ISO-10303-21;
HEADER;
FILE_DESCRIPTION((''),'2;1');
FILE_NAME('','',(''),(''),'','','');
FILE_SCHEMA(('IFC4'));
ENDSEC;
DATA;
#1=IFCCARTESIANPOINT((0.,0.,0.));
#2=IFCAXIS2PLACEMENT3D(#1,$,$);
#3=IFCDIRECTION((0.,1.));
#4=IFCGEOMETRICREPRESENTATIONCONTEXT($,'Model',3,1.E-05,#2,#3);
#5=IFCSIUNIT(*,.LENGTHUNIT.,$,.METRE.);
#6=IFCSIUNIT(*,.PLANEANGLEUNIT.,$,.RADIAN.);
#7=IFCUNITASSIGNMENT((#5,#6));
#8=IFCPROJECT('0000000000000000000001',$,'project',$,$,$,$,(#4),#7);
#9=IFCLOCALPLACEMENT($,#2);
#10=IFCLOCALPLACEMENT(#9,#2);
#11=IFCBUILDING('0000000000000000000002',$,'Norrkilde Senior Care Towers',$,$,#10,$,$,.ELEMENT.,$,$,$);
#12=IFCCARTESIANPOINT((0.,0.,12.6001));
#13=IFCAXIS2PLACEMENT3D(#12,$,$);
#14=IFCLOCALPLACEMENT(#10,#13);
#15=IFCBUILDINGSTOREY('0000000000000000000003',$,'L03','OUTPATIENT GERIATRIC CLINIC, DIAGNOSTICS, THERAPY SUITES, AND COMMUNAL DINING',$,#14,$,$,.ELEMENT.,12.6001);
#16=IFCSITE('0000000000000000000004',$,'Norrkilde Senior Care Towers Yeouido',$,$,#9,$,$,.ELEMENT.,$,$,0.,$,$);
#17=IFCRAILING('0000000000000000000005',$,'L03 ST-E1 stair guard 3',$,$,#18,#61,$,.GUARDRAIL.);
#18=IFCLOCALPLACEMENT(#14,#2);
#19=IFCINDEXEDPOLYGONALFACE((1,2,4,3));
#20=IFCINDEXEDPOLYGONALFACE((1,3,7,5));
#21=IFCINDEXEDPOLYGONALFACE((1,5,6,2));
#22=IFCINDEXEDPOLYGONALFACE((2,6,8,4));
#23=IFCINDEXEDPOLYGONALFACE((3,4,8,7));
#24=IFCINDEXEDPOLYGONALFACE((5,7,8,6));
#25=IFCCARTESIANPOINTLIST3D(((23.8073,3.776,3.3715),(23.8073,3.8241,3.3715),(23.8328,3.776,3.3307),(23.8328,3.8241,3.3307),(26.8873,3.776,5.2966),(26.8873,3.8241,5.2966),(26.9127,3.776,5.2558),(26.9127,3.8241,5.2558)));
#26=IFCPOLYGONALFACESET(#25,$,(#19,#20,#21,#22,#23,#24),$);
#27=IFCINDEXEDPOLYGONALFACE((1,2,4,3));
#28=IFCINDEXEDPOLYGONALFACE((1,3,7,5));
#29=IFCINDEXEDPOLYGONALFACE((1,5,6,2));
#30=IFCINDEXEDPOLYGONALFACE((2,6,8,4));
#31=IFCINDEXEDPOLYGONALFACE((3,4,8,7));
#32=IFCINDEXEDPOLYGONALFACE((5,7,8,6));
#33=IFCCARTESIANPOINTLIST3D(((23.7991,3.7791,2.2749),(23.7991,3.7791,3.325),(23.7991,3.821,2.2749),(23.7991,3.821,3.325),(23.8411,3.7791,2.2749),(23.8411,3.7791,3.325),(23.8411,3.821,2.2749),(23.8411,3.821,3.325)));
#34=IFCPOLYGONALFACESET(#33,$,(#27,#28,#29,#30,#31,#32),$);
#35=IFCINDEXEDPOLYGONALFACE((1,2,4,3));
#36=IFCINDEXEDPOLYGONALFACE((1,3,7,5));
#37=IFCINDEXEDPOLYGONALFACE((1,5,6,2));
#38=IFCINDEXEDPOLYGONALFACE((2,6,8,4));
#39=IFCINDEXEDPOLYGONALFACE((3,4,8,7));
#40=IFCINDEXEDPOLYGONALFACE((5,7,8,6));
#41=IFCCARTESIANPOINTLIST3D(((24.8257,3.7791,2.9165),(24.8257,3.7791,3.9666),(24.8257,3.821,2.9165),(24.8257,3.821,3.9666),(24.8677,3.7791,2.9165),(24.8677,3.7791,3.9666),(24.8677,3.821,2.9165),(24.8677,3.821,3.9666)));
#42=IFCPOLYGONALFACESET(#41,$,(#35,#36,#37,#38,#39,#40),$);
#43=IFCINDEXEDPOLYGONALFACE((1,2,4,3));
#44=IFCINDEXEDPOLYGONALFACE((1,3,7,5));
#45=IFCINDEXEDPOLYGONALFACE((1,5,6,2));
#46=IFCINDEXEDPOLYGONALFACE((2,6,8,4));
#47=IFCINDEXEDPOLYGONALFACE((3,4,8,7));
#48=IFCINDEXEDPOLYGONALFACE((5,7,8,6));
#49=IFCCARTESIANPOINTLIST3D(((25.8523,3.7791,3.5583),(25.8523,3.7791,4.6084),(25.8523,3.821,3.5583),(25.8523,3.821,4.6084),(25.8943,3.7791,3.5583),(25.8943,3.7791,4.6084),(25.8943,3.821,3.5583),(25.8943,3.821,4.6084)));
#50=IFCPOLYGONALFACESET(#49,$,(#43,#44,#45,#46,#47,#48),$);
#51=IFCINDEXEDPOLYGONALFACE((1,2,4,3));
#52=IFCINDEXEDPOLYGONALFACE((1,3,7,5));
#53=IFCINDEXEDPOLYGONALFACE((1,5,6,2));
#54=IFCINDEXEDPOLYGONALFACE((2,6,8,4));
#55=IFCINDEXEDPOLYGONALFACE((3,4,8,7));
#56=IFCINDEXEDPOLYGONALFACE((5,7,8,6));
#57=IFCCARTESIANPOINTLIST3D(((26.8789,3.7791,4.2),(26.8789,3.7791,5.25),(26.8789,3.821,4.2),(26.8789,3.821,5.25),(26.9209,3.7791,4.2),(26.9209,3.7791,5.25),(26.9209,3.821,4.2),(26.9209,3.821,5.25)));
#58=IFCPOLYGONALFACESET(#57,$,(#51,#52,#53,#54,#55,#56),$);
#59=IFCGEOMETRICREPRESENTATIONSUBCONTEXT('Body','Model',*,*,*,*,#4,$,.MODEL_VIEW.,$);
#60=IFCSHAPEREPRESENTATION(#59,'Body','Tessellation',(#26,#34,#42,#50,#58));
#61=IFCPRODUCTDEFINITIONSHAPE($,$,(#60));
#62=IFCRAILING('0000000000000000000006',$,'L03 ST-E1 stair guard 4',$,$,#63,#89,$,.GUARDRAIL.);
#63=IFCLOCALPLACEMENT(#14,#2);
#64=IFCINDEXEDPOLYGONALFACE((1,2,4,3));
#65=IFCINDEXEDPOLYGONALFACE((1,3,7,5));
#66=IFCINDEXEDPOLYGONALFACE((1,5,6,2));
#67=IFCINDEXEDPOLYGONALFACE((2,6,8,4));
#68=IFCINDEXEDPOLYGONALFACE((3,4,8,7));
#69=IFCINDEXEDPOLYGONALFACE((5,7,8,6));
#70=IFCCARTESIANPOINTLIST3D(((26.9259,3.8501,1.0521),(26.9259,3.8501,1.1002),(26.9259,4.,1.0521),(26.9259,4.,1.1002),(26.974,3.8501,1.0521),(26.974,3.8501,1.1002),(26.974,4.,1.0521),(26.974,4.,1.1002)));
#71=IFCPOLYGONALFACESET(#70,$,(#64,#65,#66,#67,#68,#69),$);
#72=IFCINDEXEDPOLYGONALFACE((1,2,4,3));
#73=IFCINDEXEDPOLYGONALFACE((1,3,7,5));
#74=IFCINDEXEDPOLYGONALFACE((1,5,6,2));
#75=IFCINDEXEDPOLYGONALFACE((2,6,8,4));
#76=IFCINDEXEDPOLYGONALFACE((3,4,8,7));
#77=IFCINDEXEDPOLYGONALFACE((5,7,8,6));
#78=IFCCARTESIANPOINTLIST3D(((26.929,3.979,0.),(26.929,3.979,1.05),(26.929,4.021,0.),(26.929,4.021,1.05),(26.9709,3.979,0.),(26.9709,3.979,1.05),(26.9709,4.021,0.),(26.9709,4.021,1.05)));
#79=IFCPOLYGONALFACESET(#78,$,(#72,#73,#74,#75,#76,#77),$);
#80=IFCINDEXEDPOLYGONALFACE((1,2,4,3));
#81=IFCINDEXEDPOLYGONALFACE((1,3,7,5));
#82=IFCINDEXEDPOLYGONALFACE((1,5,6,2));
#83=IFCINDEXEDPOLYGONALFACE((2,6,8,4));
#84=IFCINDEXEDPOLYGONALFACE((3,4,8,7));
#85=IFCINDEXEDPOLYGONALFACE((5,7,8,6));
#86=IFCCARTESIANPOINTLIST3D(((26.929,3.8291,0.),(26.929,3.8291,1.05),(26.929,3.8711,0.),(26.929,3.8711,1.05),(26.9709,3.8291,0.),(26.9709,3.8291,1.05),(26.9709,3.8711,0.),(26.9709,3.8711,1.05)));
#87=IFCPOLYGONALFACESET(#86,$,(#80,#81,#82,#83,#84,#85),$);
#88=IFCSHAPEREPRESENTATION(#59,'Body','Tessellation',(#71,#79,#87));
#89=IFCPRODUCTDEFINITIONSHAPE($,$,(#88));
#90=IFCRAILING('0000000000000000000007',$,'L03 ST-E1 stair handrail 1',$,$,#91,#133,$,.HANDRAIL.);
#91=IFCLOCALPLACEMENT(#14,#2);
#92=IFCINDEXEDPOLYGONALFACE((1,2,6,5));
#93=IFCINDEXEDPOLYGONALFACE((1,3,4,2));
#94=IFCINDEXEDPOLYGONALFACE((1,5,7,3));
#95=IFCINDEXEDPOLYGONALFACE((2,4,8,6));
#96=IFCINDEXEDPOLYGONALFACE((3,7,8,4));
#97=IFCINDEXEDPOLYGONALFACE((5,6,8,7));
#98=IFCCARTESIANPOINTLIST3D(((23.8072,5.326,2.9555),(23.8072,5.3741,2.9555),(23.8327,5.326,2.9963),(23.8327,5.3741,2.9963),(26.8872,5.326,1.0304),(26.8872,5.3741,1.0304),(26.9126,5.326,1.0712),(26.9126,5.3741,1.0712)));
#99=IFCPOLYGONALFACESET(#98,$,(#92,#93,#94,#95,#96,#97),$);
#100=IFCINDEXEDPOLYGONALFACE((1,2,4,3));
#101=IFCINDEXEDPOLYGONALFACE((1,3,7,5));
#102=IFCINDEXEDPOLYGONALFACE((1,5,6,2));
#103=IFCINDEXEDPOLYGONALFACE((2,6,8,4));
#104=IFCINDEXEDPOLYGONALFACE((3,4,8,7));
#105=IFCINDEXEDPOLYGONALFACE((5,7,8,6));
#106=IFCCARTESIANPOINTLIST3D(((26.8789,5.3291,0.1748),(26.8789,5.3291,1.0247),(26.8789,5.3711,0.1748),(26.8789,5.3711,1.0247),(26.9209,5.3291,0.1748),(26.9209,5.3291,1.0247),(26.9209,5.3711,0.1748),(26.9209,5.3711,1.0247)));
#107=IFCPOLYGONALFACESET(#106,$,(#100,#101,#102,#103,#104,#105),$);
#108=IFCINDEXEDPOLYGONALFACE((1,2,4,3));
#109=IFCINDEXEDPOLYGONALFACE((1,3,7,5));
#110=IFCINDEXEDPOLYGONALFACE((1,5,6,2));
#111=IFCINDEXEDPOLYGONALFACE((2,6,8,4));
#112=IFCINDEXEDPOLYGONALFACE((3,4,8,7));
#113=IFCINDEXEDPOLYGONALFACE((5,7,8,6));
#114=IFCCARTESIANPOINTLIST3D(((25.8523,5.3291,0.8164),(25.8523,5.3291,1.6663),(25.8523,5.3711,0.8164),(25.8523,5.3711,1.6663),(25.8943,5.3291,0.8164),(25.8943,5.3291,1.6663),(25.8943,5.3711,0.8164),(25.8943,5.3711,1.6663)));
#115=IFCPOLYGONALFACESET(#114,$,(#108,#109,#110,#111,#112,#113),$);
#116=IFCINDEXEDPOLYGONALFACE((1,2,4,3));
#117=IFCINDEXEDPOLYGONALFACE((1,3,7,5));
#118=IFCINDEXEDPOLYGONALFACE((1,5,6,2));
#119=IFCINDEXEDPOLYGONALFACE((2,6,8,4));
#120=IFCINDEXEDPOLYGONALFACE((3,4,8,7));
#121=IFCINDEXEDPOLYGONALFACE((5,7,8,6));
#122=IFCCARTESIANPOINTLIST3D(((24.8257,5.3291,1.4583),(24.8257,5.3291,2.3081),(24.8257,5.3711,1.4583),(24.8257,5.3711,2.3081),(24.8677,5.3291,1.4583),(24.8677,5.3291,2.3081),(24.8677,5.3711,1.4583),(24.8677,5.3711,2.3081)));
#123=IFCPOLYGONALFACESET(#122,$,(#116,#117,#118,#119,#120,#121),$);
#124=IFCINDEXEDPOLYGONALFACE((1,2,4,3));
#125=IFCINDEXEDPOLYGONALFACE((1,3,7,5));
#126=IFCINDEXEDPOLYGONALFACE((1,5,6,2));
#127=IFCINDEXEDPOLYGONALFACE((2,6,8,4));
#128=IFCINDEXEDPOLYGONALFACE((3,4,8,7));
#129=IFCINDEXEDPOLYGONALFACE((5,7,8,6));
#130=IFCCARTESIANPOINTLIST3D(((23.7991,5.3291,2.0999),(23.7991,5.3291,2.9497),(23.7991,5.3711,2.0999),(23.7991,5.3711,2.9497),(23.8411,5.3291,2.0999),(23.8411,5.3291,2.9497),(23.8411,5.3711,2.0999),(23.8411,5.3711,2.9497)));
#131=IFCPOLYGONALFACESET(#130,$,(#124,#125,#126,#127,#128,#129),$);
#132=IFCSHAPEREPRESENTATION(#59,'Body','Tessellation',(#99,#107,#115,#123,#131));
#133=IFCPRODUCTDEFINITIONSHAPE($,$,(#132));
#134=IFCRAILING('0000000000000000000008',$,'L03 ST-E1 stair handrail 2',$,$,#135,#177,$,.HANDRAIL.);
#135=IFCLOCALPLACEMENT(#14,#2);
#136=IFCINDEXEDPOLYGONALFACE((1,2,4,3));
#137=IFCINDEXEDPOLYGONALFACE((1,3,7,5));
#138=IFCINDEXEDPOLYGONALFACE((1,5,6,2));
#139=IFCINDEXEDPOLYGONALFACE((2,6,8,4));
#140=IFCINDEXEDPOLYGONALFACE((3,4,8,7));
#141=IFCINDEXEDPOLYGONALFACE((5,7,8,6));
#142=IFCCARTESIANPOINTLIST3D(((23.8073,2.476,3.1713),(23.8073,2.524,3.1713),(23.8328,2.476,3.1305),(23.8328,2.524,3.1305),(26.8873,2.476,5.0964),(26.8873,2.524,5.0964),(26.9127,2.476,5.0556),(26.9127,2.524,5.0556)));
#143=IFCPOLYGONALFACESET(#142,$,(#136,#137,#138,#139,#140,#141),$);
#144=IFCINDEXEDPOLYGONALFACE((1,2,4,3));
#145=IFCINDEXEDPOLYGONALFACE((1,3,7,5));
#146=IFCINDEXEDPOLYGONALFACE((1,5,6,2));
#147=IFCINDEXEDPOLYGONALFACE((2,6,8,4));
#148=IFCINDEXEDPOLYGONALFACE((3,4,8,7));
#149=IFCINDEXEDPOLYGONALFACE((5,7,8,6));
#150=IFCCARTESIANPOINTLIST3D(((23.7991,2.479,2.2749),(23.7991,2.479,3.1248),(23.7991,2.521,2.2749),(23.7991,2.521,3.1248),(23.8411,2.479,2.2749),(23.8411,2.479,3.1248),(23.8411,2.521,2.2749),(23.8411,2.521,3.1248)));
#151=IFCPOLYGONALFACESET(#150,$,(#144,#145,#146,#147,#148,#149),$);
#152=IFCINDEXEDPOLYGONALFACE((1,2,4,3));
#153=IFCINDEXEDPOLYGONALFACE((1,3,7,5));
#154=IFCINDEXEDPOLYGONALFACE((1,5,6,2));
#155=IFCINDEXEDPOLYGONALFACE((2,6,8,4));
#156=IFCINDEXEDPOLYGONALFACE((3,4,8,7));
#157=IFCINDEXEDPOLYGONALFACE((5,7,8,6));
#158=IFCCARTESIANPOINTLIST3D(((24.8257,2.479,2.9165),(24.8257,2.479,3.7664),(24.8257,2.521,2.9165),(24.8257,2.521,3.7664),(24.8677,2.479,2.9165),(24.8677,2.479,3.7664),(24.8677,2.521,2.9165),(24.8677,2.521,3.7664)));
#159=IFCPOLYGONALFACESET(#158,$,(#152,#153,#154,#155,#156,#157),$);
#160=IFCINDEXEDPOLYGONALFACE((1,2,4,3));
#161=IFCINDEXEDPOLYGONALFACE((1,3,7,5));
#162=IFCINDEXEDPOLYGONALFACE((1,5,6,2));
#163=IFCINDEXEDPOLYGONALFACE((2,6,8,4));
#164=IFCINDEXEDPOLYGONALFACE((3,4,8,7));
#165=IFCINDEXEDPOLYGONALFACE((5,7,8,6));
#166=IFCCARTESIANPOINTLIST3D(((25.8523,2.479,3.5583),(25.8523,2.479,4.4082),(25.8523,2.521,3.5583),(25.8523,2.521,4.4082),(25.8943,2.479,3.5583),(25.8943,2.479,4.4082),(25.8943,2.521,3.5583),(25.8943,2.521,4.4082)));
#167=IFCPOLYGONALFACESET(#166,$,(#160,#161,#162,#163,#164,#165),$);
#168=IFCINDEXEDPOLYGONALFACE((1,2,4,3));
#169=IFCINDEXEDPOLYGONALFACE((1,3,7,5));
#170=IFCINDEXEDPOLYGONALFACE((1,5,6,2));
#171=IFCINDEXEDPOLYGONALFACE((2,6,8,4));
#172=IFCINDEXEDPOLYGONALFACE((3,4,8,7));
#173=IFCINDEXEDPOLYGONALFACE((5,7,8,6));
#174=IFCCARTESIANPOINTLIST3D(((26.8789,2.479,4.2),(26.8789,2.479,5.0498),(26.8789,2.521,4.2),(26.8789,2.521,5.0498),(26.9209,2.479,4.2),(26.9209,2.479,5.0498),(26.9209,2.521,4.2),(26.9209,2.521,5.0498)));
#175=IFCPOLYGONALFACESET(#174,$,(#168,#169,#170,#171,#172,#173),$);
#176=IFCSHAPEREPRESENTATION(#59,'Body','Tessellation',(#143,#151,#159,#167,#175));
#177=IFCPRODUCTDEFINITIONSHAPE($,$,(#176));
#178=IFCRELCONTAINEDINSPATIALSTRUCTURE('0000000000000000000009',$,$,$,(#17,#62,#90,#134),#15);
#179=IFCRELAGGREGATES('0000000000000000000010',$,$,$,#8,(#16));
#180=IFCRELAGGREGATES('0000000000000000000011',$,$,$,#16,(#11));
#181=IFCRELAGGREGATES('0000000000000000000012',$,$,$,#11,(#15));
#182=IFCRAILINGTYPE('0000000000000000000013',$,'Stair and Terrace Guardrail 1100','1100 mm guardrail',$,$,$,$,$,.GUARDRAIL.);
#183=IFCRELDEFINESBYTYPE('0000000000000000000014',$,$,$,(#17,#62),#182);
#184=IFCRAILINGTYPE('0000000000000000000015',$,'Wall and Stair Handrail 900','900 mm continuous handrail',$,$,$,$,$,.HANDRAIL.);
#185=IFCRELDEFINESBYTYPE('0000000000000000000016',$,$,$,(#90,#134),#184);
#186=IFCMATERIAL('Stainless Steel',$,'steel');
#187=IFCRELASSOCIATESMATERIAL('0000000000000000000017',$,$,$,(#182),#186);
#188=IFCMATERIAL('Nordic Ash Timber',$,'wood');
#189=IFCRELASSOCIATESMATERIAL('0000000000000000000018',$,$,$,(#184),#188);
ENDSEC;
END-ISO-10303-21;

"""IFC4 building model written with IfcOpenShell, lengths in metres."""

from ifc_helpers import new_model, si_unit, direction, frame, origin, origin_2d, place, context, subcontext, project, spatial, rectangle, extrude, material, type_object, element, save


model = new_model("IFC4")

# Units and contexts
model_context = context("Model", 3, precision=1e-05, world=origin(), true_north=direction((0.0, 1.0)))
body_context = subcontext(model_context, "Body", "Model", "MODEL_VIEW")
ifc_project = project(units=[si_unit("LENGTHUNIT", "METRE"), si_unit("PLANEANGLEUNIT", "RADIAN")], contexts=[model_context])

# Site, building, storey
site_placement = place(None, origin())
site = spatial("IfcSite", under=ifc_project, at=site_placement, Name="Norrkilde Senior Care Towers Yeouido", CompositionType="ELEMENT", RefElevation=0.0)
building_placement = place(site_placement, origin())
building = spatial("IfcBuilding", under=site, at=building_placement, Name="Norrkilde Senior Care Towers", CompositionType="ELEMENT")
storey_placement = place(building_placement, frame((0.0, 0.0, 12.6001)))
storey = spatial("IfcBuildingStorey", under=building, at=storey_placement, Name="L03", Description="OUTPATIENT GERIATRIC CLINIC, DIAGNOSTICS, THERAPY SUITES, AND COMMUNAL DINING", CompositionType="ELEMENT", Elevation=12.6001)

# Shared definitions
ifc_material_1 = material(Name="Stainless Steel", Category="steel")

# Railings
railing_type_1 = type_object("IfcRailingType", Name="Stair and Terrace Guardrail 1100", Description="1100 mm guardrail", PredefinedType="GUARDRAIL", material=ifc_material_1)
railing_1_placement = place(storey_placement, frame((23.8201, 3.8, 2.2749)))
element("IfcRailing", 1, at=railing_1_placement, inside=storey, type_object=railing_type_1, Name="L03 ST-E1 stair guard 3", PredefinedType="GUARDRAIL", context=body_context, shape_type="SweptSolid", body=[
    extrude(rectangle(XDim=0.0481, YDim=0.0481, at=origin_2d()), frame((0.0, 0.0, 1.0762), z_axis=(0.847979, 0.0, 0.530029), x_axis=(0.0, 1.0, 0.0)), (0.0, 0.0, 1.0), 3.6321),
    extrude(rectangle(XDim=0.042, YDim=0.042, at=origin_2d()), origin(), (0.0, 0.0, 1.0), 1.05),
    extrude(rectangle(XDim=0.042, YDim=0.042, at=origin_2d()), frame((1.0266, 0.0, 0.6416)), (0.0, 0.0, 1.0), 1.05),
    extrude(rectangle(XDim=0.042, YDim=0.042, at=origin_2d()), frame((2.0532, 0.0, 1.2834)), (0.0, 0.0, 1.0), 1.05),
    extrude(rectangle(XDim=0.042, YDim=0.042, at=origin_2d()), frame((3.0798, 0.0, 1.925)), (0.0, 0.0, 1.0), 1.05),
])
railing_2_placement = place(storey_placement, frame((26.95, 4.0, 0.0)))
element("IfcRailing", 2, at=railing_2_placement, inside=storey, type_object=railing_type_1, Name="L03 ST-E1 stair guard 4", PredefinedType="GUARDRAIL", context=body_context, shape_type="SweptSolid", body=[
    extrude(rectangle(XDim=0.0481, YDim=0.0481, at=origin_2d()), frame((0.0, 0.0, 1.0762), z_axis=(0.0, -1.0, 0.0), x_axis=(1.0, 0.0, 0.0)), (0.0, 0.0, 1.0), 0.1499),
    extrude(rectangle(XDim=0.042, YDim=0.042, at=origin_2d()), origin(), (0.0, 0.0, 1.0), 1.05),
    extrude(rectangle(XDim=0.042, YDim=0.042, at=origin_2d()), frame((0.0, -0.1499, 0.0)), (0.0, 0.0, 1.0), 1.05),
])
ifc_material_2 = material(Name="Nordic Ash Timber", Category="wood")
railing_type_2 = type_object("IfcRailingType", Name="Wall and Stair Handrail 900", Description="900 mm continuous handrail", PredefinedType="HANDRAIL", material=ifc_material_2)
railing_3_placement = place(storey_placement, frame((26.8999, 5.3501, 0.1748)))
element("IfcRailing", 3, at=railing_3_placement, inside=storey, type_object=railing_type_2, Name="L03 ST-E1 stair handrail 1", PredefinedType="HANDRAIL", context=body_context, shape_type="SweptSolid", body=[
    extrude(rectangle(XDim=0.0481, YDim=0.0481, at=origin_2d()), frame((0.0, 0.0, 0.876), z_axis=(-0.847979, 0.0, 0.530029), x_axis=(0.0, -1.0, 0.0)), (0.0, 0.0, 1.0), 3.6321),
    extrude(rectangle(XDim=0.042, YDim=0.042, at=origin_2d()), origin(), (0.0, 0.0, 1.0), 0.8499),
    extrude(rectangle(XDim=0.042, YDim=0.042, at=origin_2d()), frame((-1.0266, 0.0, 0.6416)), (0.0, 0.0, 1.0), 0.8499),
    extrude(rectangle(XDim=0.042, YDim=0.042, at=origin_2d()), frame((-2.0532, 0.0, 1.2834)), (0.0, 0.0, 1.0), 0.8499),
    extrude(rectangle(XDim=0.042, YDim=0.042, at=origin_2d()), frame((-3.0798, 0.0, 1.925)), (0.0, 0.0, 1.0), 0.8499),
])
railing_4_placement = place(storey_placement, frame((23.8201, 2.5, 2.2749)))
element("IfcRailing", 4, at=railing_4_placement, inside=storey, type_object=railing_type_2, Name="L03 ST-E1 stair handrail 2", PredefinedType="HANDRAIL", context=body_context, shape_type="SweptSolid", body=[
    extrude(rectangle(XDim=0.0481, YDim=0.0481, at=origin_2d()), frame((0.0, 0.0, 0.876), z_axis=(0.847979, 0.0, 0.530029), x_axis=(0.0, 1.0, 0.0)), (0.0, 0.0, 1.0), 3.6321),
    extrude(rectangle(XDim=0.042, YDim=0.042, at=origin_2d()), origin(), (0.0, 0.0, 1.0), 0.8499),
    extrude(rectangle(XDim=0.042, YDim=0.042, at=origin_2d()), frame((1.0266, 0.0, 0.6416)), (0.0, 0.0, 1.0), 0.8499),
    extrude(rectangle(XDim=0.042, YDim=0.042, at=origin_2d()), frame((2.0532, 0.0, 1.2834)), (0.0, 0.0, 1.0), 0.8499),
    extrude(rectangle(XDim=0.042, YDim=0.042, at=origin_2d()), frame((3.0798, 0.0, 1.925)), (0.0, 0.0, 1.0), 0.8499),
])

save(model, "model.ifc")
